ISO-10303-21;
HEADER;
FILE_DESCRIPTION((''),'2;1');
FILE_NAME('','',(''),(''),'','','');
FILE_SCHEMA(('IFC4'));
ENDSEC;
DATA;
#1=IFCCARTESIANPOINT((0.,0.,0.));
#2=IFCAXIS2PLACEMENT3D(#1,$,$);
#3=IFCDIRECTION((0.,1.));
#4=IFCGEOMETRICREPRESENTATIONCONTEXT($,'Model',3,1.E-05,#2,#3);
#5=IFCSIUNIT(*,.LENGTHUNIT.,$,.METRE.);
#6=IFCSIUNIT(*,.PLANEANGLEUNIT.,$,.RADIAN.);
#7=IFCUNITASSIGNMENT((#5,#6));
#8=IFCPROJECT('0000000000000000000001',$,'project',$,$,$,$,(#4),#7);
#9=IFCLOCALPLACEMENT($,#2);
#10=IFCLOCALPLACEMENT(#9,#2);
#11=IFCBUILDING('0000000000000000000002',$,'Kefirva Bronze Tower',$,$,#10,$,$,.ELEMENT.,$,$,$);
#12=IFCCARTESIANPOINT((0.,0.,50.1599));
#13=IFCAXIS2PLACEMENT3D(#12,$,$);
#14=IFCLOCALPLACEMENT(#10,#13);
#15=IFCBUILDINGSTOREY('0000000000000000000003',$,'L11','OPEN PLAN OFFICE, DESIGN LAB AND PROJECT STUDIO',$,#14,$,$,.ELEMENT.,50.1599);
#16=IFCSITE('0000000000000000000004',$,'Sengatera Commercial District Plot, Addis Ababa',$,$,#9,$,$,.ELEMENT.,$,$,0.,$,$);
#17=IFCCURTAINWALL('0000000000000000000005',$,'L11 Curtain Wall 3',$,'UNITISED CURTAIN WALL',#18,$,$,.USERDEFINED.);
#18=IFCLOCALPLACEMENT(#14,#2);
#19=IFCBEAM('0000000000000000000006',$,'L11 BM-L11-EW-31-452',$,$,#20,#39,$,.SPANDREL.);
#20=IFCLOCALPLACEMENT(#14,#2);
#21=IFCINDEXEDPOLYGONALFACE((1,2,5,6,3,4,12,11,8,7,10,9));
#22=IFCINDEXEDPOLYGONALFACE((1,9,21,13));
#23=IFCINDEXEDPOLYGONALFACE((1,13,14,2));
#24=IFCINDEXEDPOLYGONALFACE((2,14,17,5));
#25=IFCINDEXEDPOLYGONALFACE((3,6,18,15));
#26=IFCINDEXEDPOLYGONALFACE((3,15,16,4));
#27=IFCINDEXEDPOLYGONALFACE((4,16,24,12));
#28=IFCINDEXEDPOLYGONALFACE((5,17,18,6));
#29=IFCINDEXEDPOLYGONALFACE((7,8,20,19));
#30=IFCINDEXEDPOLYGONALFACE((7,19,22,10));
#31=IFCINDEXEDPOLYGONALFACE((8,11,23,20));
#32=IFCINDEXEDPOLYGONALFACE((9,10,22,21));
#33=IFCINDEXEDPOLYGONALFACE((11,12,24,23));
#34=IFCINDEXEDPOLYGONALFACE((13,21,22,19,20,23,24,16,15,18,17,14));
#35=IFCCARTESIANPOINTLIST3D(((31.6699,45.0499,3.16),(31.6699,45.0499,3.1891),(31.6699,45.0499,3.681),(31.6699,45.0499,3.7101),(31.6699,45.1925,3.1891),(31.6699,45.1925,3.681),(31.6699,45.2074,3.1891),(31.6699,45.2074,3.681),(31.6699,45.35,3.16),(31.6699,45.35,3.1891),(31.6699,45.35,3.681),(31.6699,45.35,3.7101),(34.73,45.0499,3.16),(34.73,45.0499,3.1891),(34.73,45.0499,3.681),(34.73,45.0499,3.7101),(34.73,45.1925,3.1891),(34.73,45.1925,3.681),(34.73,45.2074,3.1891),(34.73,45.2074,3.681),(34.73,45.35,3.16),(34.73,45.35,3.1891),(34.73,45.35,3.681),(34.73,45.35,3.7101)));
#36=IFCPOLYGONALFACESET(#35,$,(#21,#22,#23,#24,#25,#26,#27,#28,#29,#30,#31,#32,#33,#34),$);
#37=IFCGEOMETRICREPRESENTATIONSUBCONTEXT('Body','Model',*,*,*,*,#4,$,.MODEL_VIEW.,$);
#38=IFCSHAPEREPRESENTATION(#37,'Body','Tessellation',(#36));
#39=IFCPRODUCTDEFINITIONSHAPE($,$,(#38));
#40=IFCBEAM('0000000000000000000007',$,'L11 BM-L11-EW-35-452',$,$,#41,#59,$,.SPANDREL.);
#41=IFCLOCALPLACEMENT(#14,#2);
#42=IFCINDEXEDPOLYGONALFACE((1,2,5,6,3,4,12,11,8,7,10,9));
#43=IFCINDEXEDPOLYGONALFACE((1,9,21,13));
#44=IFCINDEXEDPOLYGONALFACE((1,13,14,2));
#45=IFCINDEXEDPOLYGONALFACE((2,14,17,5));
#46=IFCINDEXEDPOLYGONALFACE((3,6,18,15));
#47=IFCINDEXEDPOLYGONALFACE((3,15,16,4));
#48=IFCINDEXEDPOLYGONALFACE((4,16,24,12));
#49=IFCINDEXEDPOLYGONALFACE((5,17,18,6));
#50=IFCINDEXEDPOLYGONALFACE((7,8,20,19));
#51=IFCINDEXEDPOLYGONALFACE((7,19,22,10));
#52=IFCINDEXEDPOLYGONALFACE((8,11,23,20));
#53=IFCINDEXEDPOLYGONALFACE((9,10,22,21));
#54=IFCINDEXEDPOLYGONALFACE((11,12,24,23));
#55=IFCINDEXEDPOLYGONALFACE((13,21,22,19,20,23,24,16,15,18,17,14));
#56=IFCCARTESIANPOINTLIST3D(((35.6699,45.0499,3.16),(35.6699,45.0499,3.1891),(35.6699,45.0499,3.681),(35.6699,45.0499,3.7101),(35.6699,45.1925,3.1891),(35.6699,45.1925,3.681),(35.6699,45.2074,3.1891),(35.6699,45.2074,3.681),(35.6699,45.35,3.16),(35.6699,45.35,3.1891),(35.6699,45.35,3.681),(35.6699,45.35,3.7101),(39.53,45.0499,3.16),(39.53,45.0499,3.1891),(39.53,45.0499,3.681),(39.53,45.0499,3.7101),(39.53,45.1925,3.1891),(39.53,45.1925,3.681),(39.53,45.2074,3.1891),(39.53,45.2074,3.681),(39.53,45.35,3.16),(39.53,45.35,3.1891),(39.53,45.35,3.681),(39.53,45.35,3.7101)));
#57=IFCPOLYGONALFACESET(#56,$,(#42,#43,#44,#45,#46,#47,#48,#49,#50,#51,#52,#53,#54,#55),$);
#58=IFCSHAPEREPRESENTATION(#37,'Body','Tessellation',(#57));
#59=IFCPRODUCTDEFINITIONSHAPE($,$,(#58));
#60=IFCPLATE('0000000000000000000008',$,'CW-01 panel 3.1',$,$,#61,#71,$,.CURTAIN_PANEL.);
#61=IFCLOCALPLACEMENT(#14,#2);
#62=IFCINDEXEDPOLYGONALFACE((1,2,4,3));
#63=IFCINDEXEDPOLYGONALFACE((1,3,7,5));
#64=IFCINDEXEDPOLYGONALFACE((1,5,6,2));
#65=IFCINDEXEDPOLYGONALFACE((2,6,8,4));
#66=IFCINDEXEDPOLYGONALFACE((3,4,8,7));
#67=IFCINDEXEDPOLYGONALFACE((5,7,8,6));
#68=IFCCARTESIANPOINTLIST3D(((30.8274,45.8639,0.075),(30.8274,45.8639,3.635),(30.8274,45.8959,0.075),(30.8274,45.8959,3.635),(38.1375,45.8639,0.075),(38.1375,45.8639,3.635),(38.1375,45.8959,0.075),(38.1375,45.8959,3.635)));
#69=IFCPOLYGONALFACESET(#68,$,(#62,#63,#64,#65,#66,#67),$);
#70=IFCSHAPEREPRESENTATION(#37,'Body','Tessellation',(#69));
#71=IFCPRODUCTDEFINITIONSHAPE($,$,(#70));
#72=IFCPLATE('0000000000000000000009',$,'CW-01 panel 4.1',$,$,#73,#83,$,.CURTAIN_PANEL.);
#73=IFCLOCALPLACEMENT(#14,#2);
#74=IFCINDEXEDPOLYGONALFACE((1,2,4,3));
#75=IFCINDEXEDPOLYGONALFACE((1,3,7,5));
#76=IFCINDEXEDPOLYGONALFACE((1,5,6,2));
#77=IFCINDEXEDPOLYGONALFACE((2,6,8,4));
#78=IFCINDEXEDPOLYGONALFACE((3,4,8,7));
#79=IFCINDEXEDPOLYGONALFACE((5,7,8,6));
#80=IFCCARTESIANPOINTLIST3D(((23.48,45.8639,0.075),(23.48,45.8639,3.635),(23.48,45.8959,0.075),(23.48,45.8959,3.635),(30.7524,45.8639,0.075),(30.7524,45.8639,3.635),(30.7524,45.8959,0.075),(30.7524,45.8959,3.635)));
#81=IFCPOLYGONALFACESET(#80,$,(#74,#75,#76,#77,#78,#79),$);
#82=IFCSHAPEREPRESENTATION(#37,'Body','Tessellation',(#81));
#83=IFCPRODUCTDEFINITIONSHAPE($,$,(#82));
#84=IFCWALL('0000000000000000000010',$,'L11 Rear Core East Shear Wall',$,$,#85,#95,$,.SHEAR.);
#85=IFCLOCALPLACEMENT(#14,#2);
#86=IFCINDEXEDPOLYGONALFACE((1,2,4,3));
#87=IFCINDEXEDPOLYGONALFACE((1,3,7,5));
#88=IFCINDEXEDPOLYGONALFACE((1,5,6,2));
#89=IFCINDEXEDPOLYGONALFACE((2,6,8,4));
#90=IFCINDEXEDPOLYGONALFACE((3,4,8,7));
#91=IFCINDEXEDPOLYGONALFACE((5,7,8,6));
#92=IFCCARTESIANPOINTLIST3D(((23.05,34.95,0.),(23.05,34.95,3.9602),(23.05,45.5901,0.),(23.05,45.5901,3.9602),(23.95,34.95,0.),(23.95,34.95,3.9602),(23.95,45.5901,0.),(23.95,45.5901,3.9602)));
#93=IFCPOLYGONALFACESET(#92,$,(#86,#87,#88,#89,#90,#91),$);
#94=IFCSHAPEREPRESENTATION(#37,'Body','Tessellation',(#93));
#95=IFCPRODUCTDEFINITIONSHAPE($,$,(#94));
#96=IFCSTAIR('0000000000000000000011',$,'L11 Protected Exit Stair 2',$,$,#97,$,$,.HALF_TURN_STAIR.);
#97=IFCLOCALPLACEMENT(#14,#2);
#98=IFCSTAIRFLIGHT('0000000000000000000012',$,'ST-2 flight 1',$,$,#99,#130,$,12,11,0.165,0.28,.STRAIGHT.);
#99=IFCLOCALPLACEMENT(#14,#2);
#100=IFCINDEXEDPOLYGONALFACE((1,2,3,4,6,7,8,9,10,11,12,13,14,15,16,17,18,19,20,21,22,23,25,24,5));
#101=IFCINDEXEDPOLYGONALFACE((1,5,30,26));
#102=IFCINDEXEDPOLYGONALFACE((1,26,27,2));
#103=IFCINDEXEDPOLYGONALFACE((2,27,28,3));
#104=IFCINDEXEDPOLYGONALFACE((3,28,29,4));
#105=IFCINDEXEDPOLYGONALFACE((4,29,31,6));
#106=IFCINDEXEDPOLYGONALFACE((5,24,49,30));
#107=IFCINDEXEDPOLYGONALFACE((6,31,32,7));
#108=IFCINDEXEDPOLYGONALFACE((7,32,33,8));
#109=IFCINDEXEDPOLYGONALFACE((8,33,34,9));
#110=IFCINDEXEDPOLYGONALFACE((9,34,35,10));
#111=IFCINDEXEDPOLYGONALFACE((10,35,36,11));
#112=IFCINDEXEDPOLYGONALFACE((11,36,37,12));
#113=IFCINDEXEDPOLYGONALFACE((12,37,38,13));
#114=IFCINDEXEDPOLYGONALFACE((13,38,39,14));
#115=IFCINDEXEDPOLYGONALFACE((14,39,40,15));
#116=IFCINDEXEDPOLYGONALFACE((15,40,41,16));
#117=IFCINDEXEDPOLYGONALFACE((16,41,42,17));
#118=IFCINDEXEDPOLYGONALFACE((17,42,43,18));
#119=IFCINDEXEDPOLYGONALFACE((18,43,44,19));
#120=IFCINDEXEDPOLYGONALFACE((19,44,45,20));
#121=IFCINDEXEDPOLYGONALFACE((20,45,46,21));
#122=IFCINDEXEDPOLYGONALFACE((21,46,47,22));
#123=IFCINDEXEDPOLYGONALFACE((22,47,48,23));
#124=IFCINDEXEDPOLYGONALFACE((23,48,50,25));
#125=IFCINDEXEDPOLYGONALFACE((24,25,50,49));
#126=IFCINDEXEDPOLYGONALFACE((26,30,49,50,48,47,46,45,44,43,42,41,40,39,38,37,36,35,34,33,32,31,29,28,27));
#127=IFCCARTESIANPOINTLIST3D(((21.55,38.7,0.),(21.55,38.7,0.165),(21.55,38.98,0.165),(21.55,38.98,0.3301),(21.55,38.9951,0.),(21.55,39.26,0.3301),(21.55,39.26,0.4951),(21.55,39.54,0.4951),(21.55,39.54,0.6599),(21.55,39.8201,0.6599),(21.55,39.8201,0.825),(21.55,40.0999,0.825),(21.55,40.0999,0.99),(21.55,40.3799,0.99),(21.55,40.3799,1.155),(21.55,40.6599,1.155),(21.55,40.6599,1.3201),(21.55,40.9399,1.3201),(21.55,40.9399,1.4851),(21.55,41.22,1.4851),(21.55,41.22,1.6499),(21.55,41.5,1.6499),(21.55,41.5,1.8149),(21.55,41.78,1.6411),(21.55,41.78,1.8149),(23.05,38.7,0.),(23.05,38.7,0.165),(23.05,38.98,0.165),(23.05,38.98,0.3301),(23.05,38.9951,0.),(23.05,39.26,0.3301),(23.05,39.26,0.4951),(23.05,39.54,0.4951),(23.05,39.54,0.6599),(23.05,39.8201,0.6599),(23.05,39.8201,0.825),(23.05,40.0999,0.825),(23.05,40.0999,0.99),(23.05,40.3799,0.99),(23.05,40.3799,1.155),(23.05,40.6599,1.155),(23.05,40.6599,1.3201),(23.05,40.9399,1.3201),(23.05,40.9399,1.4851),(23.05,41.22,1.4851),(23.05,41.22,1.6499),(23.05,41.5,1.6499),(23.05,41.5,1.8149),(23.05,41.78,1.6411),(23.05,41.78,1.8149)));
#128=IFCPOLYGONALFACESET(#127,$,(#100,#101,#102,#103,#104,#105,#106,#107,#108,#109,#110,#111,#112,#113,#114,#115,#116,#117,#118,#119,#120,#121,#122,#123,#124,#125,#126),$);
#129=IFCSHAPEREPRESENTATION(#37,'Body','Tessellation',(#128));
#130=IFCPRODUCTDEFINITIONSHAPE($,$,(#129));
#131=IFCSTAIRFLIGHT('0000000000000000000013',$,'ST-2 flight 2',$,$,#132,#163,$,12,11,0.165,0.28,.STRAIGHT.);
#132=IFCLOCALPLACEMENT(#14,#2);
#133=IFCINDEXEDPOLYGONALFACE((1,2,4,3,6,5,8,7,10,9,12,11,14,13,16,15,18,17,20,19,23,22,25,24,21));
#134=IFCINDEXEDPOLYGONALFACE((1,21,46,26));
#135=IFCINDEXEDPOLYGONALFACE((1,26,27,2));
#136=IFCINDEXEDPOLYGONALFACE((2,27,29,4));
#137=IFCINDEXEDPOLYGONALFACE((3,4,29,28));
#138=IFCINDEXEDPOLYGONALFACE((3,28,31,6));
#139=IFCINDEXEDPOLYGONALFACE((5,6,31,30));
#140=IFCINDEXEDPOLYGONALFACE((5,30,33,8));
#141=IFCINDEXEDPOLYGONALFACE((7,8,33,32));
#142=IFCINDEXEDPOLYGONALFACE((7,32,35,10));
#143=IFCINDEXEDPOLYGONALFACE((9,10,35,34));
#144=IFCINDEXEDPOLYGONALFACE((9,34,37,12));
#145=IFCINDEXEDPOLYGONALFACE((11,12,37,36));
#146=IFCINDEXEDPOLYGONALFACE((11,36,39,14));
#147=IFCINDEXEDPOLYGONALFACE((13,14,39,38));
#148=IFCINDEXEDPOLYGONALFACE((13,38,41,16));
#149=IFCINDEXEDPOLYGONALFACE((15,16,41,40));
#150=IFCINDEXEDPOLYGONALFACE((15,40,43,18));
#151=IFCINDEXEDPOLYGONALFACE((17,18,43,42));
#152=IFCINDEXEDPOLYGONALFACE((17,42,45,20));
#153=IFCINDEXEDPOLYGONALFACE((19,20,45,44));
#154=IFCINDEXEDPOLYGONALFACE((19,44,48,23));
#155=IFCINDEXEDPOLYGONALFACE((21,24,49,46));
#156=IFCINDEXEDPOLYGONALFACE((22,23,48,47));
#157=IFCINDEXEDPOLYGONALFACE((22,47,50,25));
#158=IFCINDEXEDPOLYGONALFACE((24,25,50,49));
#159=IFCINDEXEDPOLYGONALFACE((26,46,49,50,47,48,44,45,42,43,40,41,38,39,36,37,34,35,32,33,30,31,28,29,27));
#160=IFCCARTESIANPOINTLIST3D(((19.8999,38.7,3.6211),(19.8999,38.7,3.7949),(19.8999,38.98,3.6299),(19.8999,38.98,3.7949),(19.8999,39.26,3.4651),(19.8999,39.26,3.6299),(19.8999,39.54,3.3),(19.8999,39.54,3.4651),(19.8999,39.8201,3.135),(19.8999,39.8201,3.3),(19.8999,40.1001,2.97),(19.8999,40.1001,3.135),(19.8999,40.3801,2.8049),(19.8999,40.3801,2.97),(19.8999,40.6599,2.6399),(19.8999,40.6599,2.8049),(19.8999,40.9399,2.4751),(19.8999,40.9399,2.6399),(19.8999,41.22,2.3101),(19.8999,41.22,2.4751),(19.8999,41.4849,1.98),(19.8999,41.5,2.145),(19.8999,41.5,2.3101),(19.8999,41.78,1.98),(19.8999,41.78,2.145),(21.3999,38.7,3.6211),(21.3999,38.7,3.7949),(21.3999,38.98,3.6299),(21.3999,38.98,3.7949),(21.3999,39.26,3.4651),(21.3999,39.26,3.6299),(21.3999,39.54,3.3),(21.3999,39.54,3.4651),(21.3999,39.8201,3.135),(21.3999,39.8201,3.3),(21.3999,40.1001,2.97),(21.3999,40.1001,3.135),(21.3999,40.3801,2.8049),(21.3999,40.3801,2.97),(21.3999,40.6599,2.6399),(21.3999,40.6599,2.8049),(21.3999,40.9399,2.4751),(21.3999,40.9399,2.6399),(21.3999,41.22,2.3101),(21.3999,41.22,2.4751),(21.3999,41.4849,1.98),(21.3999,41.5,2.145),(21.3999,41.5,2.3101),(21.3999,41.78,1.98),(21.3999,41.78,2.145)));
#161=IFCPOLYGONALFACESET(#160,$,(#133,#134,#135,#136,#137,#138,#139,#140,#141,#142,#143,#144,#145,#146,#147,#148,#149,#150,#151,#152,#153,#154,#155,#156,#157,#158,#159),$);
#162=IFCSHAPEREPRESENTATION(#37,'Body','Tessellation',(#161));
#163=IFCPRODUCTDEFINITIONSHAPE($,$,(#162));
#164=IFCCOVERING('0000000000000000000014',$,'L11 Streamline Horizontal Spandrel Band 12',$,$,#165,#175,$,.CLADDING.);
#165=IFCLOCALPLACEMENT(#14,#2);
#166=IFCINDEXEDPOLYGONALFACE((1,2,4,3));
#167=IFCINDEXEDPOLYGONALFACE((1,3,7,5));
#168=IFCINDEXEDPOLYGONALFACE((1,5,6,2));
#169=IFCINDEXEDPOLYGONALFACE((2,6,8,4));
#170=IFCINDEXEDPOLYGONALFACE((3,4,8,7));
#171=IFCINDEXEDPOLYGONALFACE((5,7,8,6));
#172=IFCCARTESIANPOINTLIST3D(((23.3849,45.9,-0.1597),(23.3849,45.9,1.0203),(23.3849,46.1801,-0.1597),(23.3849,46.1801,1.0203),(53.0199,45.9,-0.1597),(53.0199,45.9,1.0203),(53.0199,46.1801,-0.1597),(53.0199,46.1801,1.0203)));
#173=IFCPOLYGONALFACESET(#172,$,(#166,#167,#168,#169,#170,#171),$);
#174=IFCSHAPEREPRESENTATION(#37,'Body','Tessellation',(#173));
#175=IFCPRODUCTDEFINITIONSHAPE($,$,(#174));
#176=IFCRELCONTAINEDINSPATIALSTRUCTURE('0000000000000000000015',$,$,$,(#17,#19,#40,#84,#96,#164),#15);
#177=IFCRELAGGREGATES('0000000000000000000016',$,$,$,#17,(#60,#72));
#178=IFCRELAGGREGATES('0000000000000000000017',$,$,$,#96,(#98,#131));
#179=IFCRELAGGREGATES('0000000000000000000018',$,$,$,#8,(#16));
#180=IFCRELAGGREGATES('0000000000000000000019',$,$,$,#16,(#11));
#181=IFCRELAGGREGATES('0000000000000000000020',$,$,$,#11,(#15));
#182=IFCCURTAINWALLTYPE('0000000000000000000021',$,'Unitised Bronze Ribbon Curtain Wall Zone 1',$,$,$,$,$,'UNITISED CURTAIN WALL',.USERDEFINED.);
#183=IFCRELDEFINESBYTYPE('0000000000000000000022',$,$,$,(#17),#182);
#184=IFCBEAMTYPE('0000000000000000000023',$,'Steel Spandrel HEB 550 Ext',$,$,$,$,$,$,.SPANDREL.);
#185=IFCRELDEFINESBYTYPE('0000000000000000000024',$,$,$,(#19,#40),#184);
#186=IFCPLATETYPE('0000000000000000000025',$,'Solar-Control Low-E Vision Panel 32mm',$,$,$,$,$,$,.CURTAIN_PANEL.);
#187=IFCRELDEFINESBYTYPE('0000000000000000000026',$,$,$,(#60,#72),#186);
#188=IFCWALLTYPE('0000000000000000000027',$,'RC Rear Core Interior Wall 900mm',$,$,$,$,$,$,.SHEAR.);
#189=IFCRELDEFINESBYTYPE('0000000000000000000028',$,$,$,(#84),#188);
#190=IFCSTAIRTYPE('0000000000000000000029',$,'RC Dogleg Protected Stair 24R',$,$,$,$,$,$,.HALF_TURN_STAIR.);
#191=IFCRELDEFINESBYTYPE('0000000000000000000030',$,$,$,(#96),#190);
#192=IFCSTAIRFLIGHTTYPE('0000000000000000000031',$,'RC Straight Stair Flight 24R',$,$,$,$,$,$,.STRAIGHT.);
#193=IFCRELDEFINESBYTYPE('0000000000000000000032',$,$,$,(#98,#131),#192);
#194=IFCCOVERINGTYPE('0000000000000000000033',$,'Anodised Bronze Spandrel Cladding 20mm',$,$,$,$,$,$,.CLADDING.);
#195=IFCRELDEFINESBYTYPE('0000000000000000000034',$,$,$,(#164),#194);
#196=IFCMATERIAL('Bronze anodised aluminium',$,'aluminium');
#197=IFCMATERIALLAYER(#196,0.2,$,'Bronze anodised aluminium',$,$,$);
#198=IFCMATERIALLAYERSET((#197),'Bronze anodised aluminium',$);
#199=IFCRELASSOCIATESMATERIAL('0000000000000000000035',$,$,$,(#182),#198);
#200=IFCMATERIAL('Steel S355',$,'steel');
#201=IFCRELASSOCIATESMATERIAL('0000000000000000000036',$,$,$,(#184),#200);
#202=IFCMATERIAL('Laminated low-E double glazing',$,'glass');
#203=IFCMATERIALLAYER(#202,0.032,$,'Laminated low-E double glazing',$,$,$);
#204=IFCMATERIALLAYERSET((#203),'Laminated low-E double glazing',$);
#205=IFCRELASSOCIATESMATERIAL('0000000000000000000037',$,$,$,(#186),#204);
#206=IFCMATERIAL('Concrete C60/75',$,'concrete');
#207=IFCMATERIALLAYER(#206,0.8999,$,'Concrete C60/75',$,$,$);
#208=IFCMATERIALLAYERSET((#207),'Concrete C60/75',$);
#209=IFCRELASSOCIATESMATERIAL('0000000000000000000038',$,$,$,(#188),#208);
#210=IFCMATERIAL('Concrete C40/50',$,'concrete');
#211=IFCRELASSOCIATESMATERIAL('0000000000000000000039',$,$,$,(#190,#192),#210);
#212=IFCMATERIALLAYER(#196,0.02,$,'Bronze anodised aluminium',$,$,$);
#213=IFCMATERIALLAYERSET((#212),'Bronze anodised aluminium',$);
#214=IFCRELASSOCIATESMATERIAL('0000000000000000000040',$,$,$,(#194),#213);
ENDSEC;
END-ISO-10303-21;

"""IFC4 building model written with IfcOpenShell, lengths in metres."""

from ifc_helpers import new_model, si_unit, direction, frame, frame_2d, origin, origin_2d, place, context, subcontext, project, spatial, polyline, rectangle, i_section, outline, extrude, material, layer, layer_set, material_profile, profile_set, type_object, element, aggregate, save


model = new_model("IFC4")

# Units and contexts
model_context = context("Model", 3, precision=1e-05, world=origin(), true_north=direction((0.0, 1.0)))
body_context = subcontext(model_context, "Body", "Model", "MODEL_VIEW")
ifc_project = project(units=[si_unit("LENGTHUNIT", "METRE"), si_unit("PLANEANGLEUNIT", "RADIAN")], contexts=[model_context])

# Site, building, storey
site_placement = place(None, origin())
site = spatial("IfcSite", under=ifc_project, at=site_placement, Name="Sengatera Commercial District Plot, Addis Ababa", CompositionType="ELEMENT", RefElevation=0.0)
building_placement = place(site_placement, origin())
building = spatial("IfcBuilding", under=site, at=building_placement, Name="Kefirva Bronze Tower", CompositionType="ELEMENT")
storey_placement = place(building_placement, frame((0.0, 0.0, 50.1599)))
storey = spatial("IfcBuildingStorey", under=building, at=storey_placement, Name="L11", Description="OPEN PLAN OFFICE, DESIGN LAB AND PROJECT STUDIO", CompositionType="ELEMENT", Elevation=50.1599)

# Shared definitions
ifc_material_1 = material(Name="Concrete C60/75", Category="concrete")

# Curtain wall
ifc_material_2 = material(Name="Bronze anodised aluminium", Category="aluminium")
ifc_layer_1 = layer(ifc_material_2, 0.2, Name="Bronze anodised aluminium")
ifc_layer_set_1 = layer_set([ifc_layer_1], Name="Bronze anodised aluminium")
curtain_wall_type = type_object("IfcCurtainWallType", Name="Unitised Bronze Ribbon Curtain Wall Zone 1", ElementType="UNITISED CURTAIN WALL", PredefinedType="USERDEFINED", material=ifc_layer_set_1)
curtain_wall_placement = place(storey_placement, origin())
curtain_wall = element("IfcCurtainWall", 1, at=curtain_wall_placement, inside=storey, type_object=curtain_wall_type, Name="L11 Curtain Wall 3", ObjectType="UNITISED CURTAIN WALL", PredefinedType="USERDEFINED")

# Beams
ifc_material_3 = material(Name="Steel S355", Category="steel")
ifc_material_profile_1 = material_profile(ifc_material_3, i_section(OverallWidth=0.3, OverallDepth=0.55, WebThickness=0.0149, FlangeThickness=0.0291, at=origin_2d()), Name="HEB 550")
ifc_profile_set_1 = profile_set([ifc_material_profile_1], Name="Steel S355")
beam_type_1 = type_object("IfcBeamType", Name="Steel Spandrel HEB 550 Ext", PredefinedType="SPANDREL", material=ifc_profile_set_1)
beam_1_placement = place(storey_placement, frame((31.6699, 45.2, 3.4351), z_axis=(1.0, 0.0, 0.0), x_axis=(0.0, 1.0, 0.0)))
element("IfcBeam", 2, at=beam_1_placement, inside=storey, type_object=beam_type_1, Name="L11 BM-L11-EW-31-452", PredefinedType="SPANDREL", context=body_context, shape_type="SweptSolid", body=[
    extrude(i_section(OverallWidth=0.3, OverallDepth=0.55, WebThickness=0.0149, FlangeThickness=0.0291, at=origin_2d()), origin(), (0.0, 0.0, 1.0), 3.0601),
])
beam_2_placement = place(storey_placement, frame((35.6699, 45.2, 3.4351), z_axis=(1.0, 0.0, 0.0), x_axis=(0.0, 1.0, 0.0)))
element("IfcBeam", 3, at=beam_2_placement, inside=storey, type_object=beam_type_1, Name="L11 BM-L11-EW-35-452", PredefinedType="SPANDREL", context=body_context, shape_type="SweptSolid", body=[
    extrude(i_section(OverallWidth=0.3, OverallDepth=0.55, WebThickness=0.0149, FlangeThickness=0.0291, at=origin_2d()), origin(), (0.0, 0.0, 1.0), 3.8601),
])

# Plates
ifc_material_4 = material(Name="Laminated low-E double glazing", Category="glass")
ifc_layer_2 = layer(ifc_material_4, 0.032, Name="Laminated low-E double glazing")
ifc_layer_set_2 = layer_set([ifc_layer_2], Name="Laminated low-E double glazing")
plate_type = type_object("IfcPlateType", Name="Solar-Control Low-E Vision Panel 32mm", PredefinedType="CURTAIN_PANEL", material=ifc_layer_set_2)
plate_1_placement = place(storey_placement, frame((34.4824, 45.8799, 0.075), z_axis=(0.0, 0.0, 1.0), x_axis=(-1.0, 0.0, 0.0)))
plate_1 = element("IfcPlate", 4, at=plate_1_placement, type_object=plate_type, Name="CW-01 panel 3.1", PredefinedType="CURTAIN_PANEL", context=body_context, shape_type="SweptSolid", body=[
    extrude(rectangle(XDim=7.3101, YDim=0.032, at=origin_2d()), origin(), (0.0, 0.0, 1.0), 3.5601),
])
plate_2_placement = place(storey_placement, frame((27.1162, 45.8799, 0.075), z_axis=(0.0, 0.0, 1.0), x_axis=(-1.0, 0.0, 0.0)))
plate_2 = element("IfcPlate", 5, at=plate_2_placement, type_object=plate_type, Name="CW-01 panel 4.1", PredefinedType="CURTAIN_PANEL", context=body_context, shape_type="SweptSolid", body=[
    extrude(rectangle(XDim=7.2725, YDim=0.032, at=origin_2d()), origin(), (0.0, 0.0, 1.0), 3.5601),
])
aggregate(curtain_wall, [plate_1, plate_2])

# Wall
ifc_layer_3 = layer(ifc_material_1, 0.8999, Name="Concrete C60/75")
ifc_layer_set_3 = layer_set([ifc_layer_3], Name="Concrete C60/75")
wall_type = type_object("IfcWallType", Name="RC Rear Core Interior Wall 900mm", PredefinedType="SHEAR", material=ifc_layer_set_3)
wall_placement = place(storey_placement, frame((23.5, 34.95, 0.0), z_axis=(0.0, 0.0, 1.0), x_axis=(0.0, 1.0, 0.0)))
element("IfcWall", 6, at=wall_placement, inside=storey, type_object=wall_type, Name="L11 Rear Core East Shear Wall", PredefinedType="SHEAR", context=body_context, shape_type="SweptSolid", body=[
    extrude(rectangle(XDim=10.6401, YDim=0.8999, at=frame_2d((5.3201, 0.0))), origin(), (0.0, 0.0, 1.0), 3.9602),
])

# Stair, stair flights
ifc_material_5 = material(Name="Concrete C40/50", Category="concrete")
stair_type = type_object("IfcStairType", Name="RC Dogleg Protected Stair 24R", PredefinedType="HALF_TURN_STAIR", material=ifc_material_5)
stair_placement = place(storey_placement, origin())
stair = element("IfcStair", 7, at=stair_placement, inside=storey, type_object=stair_type, Name="L11 Protected Exit Stair 2", PredefinedType="HALF_TURN_STAIR")
stair_flight_type = type_object("IfcStairFlightType", Name="RC Straight Stair Flight 24R", PredefinedType="STRAIGHT", material=ifc_material_5)
stair_flight_1_placement = place(storey_placement, frame((22.3, 38.7, 0.0), z_axis=(0.0, 0.0, 1.0), x_axis=(0.0, 1.0, 0.0)))
stair_flight_1 = element("IfcStairFlight", 8, at=stair_flight_1_placement, type_object=stair_flight_type, Name="ST-2 flight 1", NumberOfRisers=12, NumberOfTreads=11, PredefinedType="STRAIGHT", RiserHeight=0.165, TreadLength=0.28, context=body_context, shape_type="SweptSolid", body=[
    extrude(outline(polyline([(0.0, 0.0), (0.0, 0.165), (0.28, 0.165), (0.28, 0.3301), (0.5601, 0.3301), (0.5601, 0.4951), (0.8401, 0.4951), (0.8401, 0.6599), (1.1201, 0.6599), (1.1201, 0.825), (1.3999, 0.825), (1.3999, 0.99), (1.6799, 0.99), (1.6799, 1.155), (1.96, 1.155), (1.96, 1.3201), (2.24, 1.3201), (2.24, 1.4851), (2.52, 1.4851), (2.52, 1.6499), (2.8, 1.6499), (2.8, 1.8149), (3.0801, 1.8149), (3.0801, 1.98), (3.0801, 1.6411), (0.2952, 0.0), (0.0, 0.0)])), frame((0.0, 0.75, 0.0), z_axis=(0.0, -1.0, 0.0), x_axis=(1.0, 0.0, 0.0)), (0.0, 0.0, 1.0), 1.5),
])
stair_flight_2_placement = place(storey_placement, frame((20.6499, 41.78, 1.98), z_axis=(0.0, 0.0, 1.0), x_axis=(0.0, -1.0, 0.0)))
stair_flight_2 = element("IfcStairFlight", 9, at=stair_flight_2_placement, type_object=stair_flight_type, Name="ST-2 flight 2", NumberOfRisers=12, NumberOfTreads=11, PredefinedType="STRAIGHT", RiserHeight=0.165, TreadLength=0.28, context=body_context, shape_type="SweptSolid", body=[
    extrude(outline(polyline([(0.0, 0.0), (0.0, 0.165), (0.28, 0.165), (0.28, 0.3301), (0.5601, 0.3301), (0.5601, 0.4951), (0.8401, 0.4951), (0.8401, 0.6599), (1.1201, 0.6599), (1.1201, 0.825), (1.3999, 0.825), (1.3999, 0.99), (1.6799, 0.99), (1.6799, 1.155), (1.96, 1.155), (1.96, 1.3201), (2.24, 1.3201), (2.24, 1.4851), (2.52, 1.4851), (2.52, 1.6499), (2.8, 1.6499), (2.8, 1.8149), (3.0801, 1.8149), (3.0801, 1.98), (3.0801, 1.6411), (0.2952, 0.0), (0.0, 0.0)])), frame((0.0, 0.75, 0.0), z_axis=(0.0, -1.0, 0.0), x_axis=(1.0, 0.0, 0.0)), (0.0, 0.0, 1.0), 1.5),
])
aggregate(stair, [stair_flight_1, stair_flight_2])

# Covering
ifc_layer_4 = layer(ifc_material_2, 0.02, Name="Bronze anodised aluminium")
ifc_layer_set_4 = layer_set([ifc_layer_4], Name="Bronze anodised aluminium")
covering_type_1 = type_object("IfcCoveringType", Name="Anodised Bronze Spandrel Cladding 20mm", PredefinedType="CLADDING", material=ifc_layer_set_4)
covering_1_placement = place(storey_placement, frame((38.2024, 46.04, -0.1597), z_axis=(0.0, 0.0, 1.0), x_axis=(-1.0, 0.0, 0.0)))
element("IfcCovering", 10, at=covering_1_placement, inside=storey, type_object=covering_type_1, Name="L11 Streamline Horizontal Spandrel Band 12", PredefinedType="CLADDING", context=body_context, shape_type="SweptSolid", body=[
    extrude(rectangle(XDim=29.635, YDim=0.28, at=origin_2d()), origin(), (0.0, 0.0, 1.0), 1.1799),
])

save(model, "model.ifc")
